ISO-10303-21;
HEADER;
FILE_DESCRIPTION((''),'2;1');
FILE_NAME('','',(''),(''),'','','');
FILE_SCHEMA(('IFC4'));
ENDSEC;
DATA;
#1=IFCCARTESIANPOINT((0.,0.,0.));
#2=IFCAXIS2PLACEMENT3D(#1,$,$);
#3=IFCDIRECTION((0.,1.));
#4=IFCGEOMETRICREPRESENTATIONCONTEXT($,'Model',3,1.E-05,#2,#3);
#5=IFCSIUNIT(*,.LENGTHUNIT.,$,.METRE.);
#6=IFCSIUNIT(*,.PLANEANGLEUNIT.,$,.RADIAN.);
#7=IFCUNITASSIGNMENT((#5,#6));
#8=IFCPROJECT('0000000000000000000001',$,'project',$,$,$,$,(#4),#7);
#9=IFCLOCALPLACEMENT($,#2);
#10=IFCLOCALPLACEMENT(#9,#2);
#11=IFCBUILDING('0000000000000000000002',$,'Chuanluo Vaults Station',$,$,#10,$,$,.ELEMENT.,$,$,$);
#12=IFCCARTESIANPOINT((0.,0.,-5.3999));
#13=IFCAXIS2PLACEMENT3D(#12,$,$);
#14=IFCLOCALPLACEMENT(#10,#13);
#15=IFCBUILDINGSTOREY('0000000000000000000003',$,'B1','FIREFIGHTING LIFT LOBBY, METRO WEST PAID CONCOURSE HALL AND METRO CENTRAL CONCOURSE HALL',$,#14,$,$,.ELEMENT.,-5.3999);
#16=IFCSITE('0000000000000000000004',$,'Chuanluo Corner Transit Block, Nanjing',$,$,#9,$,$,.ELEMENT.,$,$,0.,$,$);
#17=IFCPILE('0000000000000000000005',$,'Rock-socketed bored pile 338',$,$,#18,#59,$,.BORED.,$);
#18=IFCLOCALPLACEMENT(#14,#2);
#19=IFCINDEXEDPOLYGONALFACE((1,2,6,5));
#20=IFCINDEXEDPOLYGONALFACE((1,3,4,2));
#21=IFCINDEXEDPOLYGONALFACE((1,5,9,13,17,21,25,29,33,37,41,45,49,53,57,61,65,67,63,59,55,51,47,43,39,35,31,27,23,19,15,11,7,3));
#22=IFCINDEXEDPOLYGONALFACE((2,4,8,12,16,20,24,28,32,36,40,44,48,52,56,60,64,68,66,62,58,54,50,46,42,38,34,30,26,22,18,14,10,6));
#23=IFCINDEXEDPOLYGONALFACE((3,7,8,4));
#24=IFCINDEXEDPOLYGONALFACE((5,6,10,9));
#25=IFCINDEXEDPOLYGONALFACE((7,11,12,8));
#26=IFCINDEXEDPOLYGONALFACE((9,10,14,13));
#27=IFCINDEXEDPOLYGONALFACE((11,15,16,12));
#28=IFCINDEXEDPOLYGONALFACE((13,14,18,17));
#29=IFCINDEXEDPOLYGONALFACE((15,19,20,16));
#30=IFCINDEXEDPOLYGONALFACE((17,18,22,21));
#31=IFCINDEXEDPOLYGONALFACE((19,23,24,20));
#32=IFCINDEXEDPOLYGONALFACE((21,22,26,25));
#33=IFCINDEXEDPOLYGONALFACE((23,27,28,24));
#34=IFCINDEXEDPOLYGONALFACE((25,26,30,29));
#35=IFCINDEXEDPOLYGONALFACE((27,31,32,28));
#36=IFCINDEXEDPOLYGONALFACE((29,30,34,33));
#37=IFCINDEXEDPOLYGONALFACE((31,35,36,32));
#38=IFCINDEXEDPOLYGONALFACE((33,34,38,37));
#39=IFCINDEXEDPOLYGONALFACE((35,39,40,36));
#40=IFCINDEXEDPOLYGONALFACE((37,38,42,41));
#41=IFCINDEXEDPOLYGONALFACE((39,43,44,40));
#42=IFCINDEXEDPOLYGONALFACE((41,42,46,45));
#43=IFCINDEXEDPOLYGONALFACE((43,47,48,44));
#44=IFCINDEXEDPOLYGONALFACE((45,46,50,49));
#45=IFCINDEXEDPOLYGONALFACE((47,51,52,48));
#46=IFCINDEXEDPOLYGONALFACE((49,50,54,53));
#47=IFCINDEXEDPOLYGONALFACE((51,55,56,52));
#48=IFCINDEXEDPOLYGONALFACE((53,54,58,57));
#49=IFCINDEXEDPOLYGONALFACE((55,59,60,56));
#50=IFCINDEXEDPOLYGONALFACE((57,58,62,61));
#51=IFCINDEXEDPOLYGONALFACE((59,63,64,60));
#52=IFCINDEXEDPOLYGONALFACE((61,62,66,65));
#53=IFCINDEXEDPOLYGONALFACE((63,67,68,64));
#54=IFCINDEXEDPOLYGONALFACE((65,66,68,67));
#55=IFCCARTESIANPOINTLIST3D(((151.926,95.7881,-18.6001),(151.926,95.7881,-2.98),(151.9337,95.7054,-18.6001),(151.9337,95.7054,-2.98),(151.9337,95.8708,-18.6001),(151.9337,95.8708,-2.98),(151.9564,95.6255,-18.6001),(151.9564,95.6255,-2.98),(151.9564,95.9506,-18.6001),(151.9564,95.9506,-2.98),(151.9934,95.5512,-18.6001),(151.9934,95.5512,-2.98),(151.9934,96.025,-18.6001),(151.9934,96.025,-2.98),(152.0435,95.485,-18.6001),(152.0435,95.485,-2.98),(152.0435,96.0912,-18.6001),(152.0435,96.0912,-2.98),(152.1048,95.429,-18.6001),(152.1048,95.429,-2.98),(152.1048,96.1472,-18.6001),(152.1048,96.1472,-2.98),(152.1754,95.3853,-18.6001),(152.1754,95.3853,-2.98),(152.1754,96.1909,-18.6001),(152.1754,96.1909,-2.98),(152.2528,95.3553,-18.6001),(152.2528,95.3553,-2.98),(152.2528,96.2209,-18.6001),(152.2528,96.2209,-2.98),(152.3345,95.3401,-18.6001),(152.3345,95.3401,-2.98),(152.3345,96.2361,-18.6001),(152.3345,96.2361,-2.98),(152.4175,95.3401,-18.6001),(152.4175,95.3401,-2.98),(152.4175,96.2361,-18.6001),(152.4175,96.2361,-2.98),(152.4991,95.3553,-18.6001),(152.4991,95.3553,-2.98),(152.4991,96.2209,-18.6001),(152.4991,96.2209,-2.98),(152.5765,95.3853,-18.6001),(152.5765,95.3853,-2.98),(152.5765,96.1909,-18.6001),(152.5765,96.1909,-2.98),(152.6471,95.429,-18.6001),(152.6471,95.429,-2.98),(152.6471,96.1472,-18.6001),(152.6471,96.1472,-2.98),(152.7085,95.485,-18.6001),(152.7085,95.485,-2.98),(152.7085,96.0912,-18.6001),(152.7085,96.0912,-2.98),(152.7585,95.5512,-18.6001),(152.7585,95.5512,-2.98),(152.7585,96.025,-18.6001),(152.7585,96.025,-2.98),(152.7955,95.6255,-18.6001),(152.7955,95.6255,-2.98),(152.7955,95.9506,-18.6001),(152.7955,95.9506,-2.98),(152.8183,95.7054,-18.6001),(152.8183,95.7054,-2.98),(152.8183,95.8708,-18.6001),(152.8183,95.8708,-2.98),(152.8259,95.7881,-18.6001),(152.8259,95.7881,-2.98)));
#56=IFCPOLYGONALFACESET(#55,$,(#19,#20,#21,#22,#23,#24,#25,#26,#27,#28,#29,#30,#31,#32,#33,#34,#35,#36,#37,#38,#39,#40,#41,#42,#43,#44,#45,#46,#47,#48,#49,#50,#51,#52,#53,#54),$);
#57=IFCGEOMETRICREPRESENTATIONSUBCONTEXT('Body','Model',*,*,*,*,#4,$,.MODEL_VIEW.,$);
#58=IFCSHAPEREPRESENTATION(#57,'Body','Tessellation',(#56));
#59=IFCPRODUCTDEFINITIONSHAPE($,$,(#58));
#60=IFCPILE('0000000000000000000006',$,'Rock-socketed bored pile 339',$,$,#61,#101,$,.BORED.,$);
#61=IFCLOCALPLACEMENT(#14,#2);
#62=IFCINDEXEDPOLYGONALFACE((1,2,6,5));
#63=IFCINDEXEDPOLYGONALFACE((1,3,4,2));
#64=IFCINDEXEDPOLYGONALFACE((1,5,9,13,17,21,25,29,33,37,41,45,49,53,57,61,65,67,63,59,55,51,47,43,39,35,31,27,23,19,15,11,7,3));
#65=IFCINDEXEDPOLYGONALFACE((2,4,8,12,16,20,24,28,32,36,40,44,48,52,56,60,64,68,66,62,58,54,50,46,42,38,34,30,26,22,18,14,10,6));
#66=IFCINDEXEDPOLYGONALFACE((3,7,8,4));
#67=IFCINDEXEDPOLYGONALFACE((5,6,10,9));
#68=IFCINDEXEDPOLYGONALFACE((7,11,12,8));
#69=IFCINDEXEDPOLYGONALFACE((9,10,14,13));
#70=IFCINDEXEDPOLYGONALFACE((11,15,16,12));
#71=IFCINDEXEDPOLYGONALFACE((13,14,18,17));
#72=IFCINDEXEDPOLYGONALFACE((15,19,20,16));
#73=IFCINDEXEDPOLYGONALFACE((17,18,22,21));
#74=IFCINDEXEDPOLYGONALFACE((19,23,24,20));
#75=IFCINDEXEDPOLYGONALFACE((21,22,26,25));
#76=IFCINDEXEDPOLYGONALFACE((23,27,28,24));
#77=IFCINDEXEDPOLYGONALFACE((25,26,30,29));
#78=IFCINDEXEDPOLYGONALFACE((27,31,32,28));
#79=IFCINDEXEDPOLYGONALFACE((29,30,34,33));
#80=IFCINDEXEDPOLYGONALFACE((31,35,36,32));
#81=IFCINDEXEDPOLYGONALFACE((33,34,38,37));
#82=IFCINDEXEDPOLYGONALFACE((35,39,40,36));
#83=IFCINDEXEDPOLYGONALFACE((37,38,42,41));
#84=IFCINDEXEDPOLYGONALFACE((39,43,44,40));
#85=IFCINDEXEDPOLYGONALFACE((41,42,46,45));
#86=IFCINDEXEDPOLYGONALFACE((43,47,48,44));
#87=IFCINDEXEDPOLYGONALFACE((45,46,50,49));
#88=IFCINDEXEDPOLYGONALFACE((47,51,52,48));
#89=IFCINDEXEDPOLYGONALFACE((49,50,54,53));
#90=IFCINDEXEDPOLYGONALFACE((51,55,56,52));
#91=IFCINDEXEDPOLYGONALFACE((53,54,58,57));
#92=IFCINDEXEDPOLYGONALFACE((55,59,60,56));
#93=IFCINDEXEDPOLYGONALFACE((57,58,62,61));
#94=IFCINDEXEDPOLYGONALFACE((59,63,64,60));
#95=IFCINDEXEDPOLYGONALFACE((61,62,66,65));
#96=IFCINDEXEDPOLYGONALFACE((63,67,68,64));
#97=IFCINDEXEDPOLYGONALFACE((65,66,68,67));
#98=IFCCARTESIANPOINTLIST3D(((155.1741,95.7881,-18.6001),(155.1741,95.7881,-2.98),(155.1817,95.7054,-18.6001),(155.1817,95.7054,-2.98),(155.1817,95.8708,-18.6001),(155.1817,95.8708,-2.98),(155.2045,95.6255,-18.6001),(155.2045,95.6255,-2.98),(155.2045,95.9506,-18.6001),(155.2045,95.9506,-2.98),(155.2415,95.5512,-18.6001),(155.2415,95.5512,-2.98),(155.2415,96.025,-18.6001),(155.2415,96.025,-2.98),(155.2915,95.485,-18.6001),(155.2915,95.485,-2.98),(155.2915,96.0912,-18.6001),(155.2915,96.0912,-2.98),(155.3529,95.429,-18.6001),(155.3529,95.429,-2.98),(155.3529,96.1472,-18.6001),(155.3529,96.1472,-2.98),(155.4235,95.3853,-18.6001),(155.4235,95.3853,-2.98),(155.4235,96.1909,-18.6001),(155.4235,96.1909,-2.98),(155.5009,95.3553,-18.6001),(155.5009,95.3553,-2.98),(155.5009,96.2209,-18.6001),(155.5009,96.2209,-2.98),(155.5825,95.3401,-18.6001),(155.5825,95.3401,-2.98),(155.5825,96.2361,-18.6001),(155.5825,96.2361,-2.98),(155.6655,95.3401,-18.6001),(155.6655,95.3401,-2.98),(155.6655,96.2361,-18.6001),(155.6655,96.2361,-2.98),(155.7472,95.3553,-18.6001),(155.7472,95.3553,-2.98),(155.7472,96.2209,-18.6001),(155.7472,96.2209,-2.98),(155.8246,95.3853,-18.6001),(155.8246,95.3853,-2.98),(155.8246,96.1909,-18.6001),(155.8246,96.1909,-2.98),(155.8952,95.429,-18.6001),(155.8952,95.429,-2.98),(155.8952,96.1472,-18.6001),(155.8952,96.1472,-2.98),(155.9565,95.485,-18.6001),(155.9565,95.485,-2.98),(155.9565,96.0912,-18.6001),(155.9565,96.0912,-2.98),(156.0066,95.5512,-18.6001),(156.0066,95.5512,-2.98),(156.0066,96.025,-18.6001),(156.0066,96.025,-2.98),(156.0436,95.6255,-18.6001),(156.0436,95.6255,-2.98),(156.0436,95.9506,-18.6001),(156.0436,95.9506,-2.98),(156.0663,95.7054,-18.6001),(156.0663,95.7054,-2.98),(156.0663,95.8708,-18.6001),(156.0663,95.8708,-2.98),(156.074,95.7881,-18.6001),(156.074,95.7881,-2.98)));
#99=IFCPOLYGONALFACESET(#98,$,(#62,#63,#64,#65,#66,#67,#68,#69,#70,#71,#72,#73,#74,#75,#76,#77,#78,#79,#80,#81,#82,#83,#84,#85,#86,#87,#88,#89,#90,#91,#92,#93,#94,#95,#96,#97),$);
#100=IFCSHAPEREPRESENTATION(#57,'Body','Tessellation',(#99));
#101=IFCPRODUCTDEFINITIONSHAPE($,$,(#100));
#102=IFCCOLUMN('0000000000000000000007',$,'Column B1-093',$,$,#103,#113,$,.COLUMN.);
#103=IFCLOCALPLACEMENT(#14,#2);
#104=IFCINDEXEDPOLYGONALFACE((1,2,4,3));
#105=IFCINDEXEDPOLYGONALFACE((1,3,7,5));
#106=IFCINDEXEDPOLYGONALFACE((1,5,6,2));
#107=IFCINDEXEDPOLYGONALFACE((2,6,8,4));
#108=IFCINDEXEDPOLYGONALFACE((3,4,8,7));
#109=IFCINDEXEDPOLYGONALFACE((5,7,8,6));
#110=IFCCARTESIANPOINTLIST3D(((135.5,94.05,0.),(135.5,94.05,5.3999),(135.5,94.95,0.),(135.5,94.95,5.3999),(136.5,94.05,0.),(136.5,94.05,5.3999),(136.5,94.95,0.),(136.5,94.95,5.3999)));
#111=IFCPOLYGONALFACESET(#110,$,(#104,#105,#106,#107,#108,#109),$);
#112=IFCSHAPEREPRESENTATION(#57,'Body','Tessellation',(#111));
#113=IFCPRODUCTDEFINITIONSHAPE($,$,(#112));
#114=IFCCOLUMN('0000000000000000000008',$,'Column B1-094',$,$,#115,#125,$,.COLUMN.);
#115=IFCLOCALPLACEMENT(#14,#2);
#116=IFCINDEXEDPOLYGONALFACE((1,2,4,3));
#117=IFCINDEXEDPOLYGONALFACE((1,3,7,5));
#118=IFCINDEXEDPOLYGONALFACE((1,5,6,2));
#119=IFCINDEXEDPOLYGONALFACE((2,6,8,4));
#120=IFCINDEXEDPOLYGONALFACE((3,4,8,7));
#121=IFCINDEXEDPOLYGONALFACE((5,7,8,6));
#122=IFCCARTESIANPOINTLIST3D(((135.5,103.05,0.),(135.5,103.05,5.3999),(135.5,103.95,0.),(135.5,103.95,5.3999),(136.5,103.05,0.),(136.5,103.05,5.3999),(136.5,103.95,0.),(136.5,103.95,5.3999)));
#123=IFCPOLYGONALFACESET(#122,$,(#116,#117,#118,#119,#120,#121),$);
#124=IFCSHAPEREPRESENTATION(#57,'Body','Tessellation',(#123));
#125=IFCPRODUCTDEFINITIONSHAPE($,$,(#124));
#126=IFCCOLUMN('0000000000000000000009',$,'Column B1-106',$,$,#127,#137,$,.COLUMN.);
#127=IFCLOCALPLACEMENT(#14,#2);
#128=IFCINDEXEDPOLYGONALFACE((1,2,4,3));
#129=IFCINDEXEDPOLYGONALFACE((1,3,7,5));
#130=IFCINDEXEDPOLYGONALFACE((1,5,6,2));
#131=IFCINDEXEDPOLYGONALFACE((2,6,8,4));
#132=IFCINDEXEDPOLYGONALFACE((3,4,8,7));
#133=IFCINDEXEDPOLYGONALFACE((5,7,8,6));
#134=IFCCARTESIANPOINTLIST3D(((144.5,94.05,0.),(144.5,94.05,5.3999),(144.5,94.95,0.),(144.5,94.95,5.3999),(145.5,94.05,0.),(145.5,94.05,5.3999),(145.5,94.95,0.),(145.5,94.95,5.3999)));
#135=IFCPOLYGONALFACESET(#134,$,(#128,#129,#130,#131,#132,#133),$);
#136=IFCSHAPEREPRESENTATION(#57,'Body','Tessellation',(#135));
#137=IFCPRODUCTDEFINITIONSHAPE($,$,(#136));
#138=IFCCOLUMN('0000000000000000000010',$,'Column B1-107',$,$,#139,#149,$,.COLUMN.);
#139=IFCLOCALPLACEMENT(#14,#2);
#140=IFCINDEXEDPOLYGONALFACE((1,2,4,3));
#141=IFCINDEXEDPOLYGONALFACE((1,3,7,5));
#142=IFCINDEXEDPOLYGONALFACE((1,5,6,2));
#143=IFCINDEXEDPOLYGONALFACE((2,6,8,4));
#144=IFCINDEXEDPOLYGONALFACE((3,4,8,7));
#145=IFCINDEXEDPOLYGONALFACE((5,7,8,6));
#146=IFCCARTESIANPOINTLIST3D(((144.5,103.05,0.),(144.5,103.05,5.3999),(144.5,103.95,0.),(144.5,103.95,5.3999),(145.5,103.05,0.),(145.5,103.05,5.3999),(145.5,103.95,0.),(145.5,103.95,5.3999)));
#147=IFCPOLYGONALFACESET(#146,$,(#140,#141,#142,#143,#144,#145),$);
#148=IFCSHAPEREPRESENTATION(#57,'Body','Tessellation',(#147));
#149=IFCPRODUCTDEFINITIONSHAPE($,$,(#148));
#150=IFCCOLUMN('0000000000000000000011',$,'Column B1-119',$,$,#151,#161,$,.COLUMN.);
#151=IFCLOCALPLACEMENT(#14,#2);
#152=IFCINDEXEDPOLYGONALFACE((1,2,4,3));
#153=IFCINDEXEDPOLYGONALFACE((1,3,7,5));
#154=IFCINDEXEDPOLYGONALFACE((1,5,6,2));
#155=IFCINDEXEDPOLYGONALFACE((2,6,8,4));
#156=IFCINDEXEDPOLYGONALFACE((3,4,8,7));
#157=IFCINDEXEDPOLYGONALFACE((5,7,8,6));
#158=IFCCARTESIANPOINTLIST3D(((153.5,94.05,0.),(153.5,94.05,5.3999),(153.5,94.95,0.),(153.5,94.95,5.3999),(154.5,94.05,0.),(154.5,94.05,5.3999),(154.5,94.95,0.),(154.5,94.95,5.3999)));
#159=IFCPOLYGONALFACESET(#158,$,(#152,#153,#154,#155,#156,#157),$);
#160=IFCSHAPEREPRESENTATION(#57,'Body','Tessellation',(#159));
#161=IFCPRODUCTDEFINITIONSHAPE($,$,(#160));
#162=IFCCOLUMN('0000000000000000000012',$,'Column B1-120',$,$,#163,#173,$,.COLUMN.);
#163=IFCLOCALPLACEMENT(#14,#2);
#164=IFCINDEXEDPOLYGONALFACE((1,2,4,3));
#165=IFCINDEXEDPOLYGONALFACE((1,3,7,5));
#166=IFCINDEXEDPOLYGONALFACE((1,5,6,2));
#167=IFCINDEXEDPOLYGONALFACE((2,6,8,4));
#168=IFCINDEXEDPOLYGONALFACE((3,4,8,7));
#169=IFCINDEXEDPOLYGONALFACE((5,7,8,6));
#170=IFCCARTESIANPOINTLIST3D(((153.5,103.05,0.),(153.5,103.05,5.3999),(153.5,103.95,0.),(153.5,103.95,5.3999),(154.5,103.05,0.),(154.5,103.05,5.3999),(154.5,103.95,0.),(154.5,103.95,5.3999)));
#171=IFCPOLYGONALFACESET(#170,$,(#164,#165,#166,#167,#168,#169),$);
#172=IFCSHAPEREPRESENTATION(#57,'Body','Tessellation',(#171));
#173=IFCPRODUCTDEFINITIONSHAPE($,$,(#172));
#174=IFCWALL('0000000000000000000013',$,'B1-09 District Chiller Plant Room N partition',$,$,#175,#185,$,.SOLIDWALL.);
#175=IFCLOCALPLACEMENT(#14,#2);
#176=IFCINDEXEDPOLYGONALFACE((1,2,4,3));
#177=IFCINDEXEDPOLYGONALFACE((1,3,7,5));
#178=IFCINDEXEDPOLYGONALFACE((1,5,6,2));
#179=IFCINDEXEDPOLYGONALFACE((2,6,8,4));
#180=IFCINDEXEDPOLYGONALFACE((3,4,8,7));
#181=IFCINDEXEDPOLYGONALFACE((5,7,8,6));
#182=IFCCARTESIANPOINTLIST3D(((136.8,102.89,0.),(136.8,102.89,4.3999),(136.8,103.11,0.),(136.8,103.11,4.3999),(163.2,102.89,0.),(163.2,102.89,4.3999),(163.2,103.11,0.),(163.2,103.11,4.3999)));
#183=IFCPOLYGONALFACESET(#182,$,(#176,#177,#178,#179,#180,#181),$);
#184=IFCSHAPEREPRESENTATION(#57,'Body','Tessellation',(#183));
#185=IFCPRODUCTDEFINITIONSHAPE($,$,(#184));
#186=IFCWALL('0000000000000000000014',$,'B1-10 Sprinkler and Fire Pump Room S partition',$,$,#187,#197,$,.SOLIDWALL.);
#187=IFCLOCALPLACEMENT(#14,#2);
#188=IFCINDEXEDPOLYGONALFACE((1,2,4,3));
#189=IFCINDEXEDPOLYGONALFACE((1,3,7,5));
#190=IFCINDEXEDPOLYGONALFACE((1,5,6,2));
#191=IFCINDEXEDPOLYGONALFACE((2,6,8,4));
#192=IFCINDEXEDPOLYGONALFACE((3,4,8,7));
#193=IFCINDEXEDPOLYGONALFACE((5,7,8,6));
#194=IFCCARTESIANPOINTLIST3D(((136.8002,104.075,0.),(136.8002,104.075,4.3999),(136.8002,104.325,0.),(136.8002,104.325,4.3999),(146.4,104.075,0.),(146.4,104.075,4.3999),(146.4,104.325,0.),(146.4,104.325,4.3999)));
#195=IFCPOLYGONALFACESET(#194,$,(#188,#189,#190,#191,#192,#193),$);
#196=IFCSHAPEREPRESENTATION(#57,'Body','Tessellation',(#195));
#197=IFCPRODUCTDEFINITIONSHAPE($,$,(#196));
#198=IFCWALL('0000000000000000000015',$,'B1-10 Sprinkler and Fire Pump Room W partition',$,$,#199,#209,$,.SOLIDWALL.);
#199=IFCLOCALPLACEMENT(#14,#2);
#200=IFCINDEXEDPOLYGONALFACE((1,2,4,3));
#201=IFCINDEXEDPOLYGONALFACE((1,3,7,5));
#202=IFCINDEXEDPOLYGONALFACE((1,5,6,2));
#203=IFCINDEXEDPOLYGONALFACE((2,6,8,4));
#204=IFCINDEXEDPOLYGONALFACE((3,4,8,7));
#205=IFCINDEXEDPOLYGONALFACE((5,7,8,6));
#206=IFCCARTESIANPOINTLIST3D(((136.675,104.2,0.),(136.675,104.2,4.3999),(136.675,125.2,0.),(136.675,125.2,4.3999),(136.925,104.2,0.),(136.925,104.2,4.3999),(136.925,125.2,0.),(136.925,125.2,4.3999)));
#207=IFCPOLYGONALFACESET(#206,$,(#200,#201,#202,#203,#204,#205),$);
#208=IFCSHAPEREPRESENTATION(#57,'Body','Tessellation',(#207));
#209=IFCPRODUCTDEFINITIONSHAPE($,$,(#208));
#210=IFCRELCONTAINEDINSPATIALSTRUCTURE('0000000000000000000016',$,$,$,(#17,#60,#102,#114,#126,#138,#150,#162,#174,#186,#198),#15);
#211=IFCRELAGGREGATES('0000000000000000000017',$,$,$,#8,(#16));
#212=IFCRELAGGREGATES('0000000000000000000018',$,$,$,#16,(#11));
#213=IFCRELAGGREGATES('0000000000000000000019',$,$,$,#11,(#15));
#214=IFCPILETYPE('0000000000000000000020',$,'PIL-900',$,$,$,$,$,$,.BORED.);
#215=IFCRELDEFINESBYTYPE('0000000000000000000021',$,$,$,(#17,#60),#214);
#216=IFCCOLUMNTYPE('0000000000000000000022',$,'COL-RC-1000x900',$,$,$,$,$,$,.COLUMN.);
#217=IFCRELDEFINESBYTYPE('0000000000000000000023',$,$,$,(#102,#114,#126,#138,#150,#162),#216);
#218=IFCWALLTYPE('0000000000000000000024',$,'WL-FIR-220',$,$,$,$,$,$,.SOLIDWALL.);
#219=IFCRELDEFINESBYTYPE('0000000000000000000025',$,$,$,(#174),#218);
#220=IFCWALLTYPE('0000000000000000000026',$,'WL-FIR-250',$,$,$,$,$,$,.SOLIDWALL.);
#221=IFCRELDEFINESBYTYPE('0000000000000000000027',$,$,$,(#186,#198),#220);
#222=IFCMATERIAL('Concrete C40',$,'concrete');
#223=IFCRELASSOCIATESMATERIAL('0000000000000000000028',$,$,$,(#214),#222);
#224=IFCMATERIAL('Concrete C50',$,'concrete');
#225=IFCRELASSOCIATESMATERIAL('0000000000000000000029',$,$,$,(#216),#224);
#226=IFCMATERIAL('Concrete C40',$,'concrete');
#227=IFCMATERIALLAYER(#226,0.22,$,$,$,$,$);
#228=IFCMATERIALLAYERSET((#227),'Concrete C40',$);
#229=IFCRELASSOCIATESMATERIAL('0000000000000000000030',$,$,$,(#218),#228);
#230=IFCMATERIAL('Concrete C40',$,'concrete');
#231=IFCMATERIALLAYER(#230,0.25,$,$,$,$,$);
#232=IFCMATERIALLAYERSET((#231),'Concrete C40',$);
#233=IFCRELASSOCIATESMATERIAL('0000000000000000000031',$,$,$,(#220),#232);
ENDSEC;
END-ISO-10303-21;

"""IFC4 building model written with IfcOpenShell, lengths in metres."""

from ifc_helpers import new_model, si_unit, direction, frame, frame_2d, origin, origin_2d, place, context, subcontext, project, spatial, rectangle, circle, extrude, material, layer, layer_set, material_profile, profile_set, type_object, element, save


model = new_model("IFC4")

# Units and contexts
model_context = context("Model", 3, precision=1e-05, world=origin(), true_north=direction((0.0, 1.0)))
body_context = subcontext(model_context, "Body", "Model", "MODEL_VIEW")
ifc_project = project(units=[si_unit("LENGTHUNIT", "METRE"), si_unit("PLANEANGLEUNIT", "RADIAN")], contexts=[model_context])

# Site, building, storey
site_placement = place(None, origin())
site = spatial("IfcSite", under=ifc_project, at=site_placement, Name="Chuanluo Corner Transit Block, Nanjing", CompositionType="ELEMENT", RefElevation=0.0)
building_placement = place(site_placement, origin())
building = spatial("IfcBuilding", under=site, at=building_placement, Name="Chuanluo Vaults Station", CompositionType="ELEMENT")
storey_placement = place(building_placement, frame((0.0, 0.0, -5.3999)))
storey = spatial("IfcBuildingStorey", under=building, at=storey_placement, Name="B1", Description="FIREFIGHTING LIFT LOBBY, METRO WEST PAID CONCOURSE HALL AND METRO CENTRAL CONCOURSE HALL", CompositionType="ELEMENT", Elevation=-5.3999)

# Piles
ifc_material_1 = material(Name="Concrete C40", Category="concrete")
ifc_material_profile_1 = material_profile(ifc_material_1, circle(Radius=0.45, at=origin_2d()))
ifc_profile_set_1 = profile_set([ifc_material_profile_1], Name="Concrete C40")
pile_type_1 = type_object("IfcPileType", Name="PIL-900", PredefinedType="BORED", material=ifc_profile_set_1)
for number, where, z_axis, x_axis, name in (
    (1, (152.376, 95.7881, -2.98), (0.0, 0.0, -1.0), (1.0, 0.0, 0.0), "Rock-socketed bored pile 338"),
    (2, (155.624, 95.7881, -2.98), (0.0, 0.0, -1.0), (1.0, 0.0, 0.0), "Rock-socketed bored pile 339"),
):
    element("IfcPile", number, at=place(storey_placement, frame(where, z_axis=z_axis, x_axis=x_axis)), inside=storey, type_object=pile_type_1, Name=name, PredefinedType="BORED", context=body_context, shape_type="SweptSolid", body=[
        extrude(circle(Radius=0.45, at=origin_2d()), origin(), (0.0, 0.0, 1.0), 15.6201),
    ])

# Columns
ifc_material_2 = material(Name="Concrete C50", Category="concrete")
ifc_material_profile_2 = material_profile(ifc_material_2, rectangle(XDim=1.0, YDim=0.8999, at=origin_2d()))
ifc_profile_set_2 = profile_set([ifc_material_profile_2], Name="Concrete C50")
column_type = type_object("IfcColumnType", Name="COL-RC-1000x900", PredefinedType="COLUMN", material=ifc_profile_set_2)
for number, where, z_axis, x_axis, name in (
    (3, (136.0, 94.5, 0.0), (0.0, 0.0, 1.0), (1.0, 0.0, 0.0), "Column B1-093"),
    (4, (136.0, 103.5, 0.0), (0.0, 0.0, 1.0), (1.0, 0.0, 0.0), "Column B1-094"),
    (5, (145.0, 94.5, 0.0), (0.0, 0.0, 1.0), (1.0, 0.0, 0.0), "Column B1-106"),
    (6, (145.0, 103.5, 0.0), (0.0, 0.0, 1.0), (1.0, 0.0, 0.0), "Column B1-107"),
    (7, (154.0, 94.5, 0.0), (0.0, 0.0, 1.0), (1.0, 0.0, 0.0), "Column B1-119"),
    (8, (154.0, 103.5, 0.0), (0.0, 0.0, 1.0), (1.0, 0.0, 0.0), "Column B1-120"),
):
    element("IfcColumn", number, at=place(storey_placement, frame(where, z_axis=z_axis, x_axis=x_axis)), inside=storey, type_object=column_type, Name=name, PredefinedType="COLUMN", context=body_context, shape_type="SweptSolid", body=[
        extrude(rectangle(XDim=1.0, YDim=0.8999, at=origin_2d()), origin(), (0.0, 0.0, 1.0), 5.3999),
    ])

# Walls
ifc_material_3 = material(Name="Concrete C40", Category="concrete")
ifc_layer_1 = layer(ifc_material_3, 0.22)
ifc_layer_set_1 = layer_set([ifc_layer_1], Name="Concrete C40")
wall_type_1 = type_object("IfcWallType", Name="WL-FIR-220", PredefinedType="SOLIDWALL", material=ifc_layer_set_1)
wall_1_placement = place(storey_placement, frame((136.8, 103.0, 0.0), z_axis=(0.0, 0.0, 1.0), x_axis=(1.0, 0.0, 0.0)))
element("IfcWall", 9, at=wall_1_placement, inside=storey, type_object=wall_type_1, Name="B1-09 District Chiller Plant Room N partition", PredefinedType="SOLIDWALL", context=body_context, shape_type="SweptSolid", body=[
    extrude(rectangle(XDim=26.3999, YDim=0.22, at=frame_2d((13.2, 0.0))), origin(), (0.0, 0.0, 1.0), 4.3999),
])
ifc_material_4 = material(Name="Concrete C40", Category="concrete")
ifc_layer_2 = layer(ifc_material_4, 0.25)
ifc_layer_set_2 = layer_set([ifc_layer_2], Name="Concrete C40")
wall_type_2 = type_object("IfcWallType", Name="WL-FIR-250", PredefinedType="SOLIDWALL", material=ifc_layer_set_2)
wall_2_placement = place(storey_placement, frame((146.3999, 104.2, 0.0), z_axis=(0.0, 0.0, 1.0), x_axis=(-1.0, 0.0, 0.0)))
element("IfcWall", 10, at=wall_2_placement, inside=storey, type_object=wall_type_2, Name="B1-10 Sprinkler and Fire Pump Room S partition", PredefinedType="SOLIDWALL", context=body_context, shape_type="SweptSolid", body=[
    extrude(rectangle(XDim=9.5999, YDim=0.25, at=frame_2d((4.7998, 0.0))), origin(), (0.0, 0.0, 1.0), 4.3999),
])
wall_3_placement = place(storey_placement, frame((136.8, 104.2, 0.0), z_axis=(0.0, 0.0, 1.0), x_axis=(0.0, 1.0, 0.0)))
element("IfcWall", 11, at=wall_3_placement, inside=storey, type_object=wall_type_2, Name="B1-10 Sprinkler and Fire Pump Room W partition", PredefinedType="SOLIDWALL", context=body_context, shape_type="SweptSolid", body=[
    extrude(rectangle(XDim=21.0, YDim=0.25, at=frame_2d((10.5, 0.0))), origin(), (0.0, 0.0, 1.0), 4.3999),
])

save(model, "model.ifc")
